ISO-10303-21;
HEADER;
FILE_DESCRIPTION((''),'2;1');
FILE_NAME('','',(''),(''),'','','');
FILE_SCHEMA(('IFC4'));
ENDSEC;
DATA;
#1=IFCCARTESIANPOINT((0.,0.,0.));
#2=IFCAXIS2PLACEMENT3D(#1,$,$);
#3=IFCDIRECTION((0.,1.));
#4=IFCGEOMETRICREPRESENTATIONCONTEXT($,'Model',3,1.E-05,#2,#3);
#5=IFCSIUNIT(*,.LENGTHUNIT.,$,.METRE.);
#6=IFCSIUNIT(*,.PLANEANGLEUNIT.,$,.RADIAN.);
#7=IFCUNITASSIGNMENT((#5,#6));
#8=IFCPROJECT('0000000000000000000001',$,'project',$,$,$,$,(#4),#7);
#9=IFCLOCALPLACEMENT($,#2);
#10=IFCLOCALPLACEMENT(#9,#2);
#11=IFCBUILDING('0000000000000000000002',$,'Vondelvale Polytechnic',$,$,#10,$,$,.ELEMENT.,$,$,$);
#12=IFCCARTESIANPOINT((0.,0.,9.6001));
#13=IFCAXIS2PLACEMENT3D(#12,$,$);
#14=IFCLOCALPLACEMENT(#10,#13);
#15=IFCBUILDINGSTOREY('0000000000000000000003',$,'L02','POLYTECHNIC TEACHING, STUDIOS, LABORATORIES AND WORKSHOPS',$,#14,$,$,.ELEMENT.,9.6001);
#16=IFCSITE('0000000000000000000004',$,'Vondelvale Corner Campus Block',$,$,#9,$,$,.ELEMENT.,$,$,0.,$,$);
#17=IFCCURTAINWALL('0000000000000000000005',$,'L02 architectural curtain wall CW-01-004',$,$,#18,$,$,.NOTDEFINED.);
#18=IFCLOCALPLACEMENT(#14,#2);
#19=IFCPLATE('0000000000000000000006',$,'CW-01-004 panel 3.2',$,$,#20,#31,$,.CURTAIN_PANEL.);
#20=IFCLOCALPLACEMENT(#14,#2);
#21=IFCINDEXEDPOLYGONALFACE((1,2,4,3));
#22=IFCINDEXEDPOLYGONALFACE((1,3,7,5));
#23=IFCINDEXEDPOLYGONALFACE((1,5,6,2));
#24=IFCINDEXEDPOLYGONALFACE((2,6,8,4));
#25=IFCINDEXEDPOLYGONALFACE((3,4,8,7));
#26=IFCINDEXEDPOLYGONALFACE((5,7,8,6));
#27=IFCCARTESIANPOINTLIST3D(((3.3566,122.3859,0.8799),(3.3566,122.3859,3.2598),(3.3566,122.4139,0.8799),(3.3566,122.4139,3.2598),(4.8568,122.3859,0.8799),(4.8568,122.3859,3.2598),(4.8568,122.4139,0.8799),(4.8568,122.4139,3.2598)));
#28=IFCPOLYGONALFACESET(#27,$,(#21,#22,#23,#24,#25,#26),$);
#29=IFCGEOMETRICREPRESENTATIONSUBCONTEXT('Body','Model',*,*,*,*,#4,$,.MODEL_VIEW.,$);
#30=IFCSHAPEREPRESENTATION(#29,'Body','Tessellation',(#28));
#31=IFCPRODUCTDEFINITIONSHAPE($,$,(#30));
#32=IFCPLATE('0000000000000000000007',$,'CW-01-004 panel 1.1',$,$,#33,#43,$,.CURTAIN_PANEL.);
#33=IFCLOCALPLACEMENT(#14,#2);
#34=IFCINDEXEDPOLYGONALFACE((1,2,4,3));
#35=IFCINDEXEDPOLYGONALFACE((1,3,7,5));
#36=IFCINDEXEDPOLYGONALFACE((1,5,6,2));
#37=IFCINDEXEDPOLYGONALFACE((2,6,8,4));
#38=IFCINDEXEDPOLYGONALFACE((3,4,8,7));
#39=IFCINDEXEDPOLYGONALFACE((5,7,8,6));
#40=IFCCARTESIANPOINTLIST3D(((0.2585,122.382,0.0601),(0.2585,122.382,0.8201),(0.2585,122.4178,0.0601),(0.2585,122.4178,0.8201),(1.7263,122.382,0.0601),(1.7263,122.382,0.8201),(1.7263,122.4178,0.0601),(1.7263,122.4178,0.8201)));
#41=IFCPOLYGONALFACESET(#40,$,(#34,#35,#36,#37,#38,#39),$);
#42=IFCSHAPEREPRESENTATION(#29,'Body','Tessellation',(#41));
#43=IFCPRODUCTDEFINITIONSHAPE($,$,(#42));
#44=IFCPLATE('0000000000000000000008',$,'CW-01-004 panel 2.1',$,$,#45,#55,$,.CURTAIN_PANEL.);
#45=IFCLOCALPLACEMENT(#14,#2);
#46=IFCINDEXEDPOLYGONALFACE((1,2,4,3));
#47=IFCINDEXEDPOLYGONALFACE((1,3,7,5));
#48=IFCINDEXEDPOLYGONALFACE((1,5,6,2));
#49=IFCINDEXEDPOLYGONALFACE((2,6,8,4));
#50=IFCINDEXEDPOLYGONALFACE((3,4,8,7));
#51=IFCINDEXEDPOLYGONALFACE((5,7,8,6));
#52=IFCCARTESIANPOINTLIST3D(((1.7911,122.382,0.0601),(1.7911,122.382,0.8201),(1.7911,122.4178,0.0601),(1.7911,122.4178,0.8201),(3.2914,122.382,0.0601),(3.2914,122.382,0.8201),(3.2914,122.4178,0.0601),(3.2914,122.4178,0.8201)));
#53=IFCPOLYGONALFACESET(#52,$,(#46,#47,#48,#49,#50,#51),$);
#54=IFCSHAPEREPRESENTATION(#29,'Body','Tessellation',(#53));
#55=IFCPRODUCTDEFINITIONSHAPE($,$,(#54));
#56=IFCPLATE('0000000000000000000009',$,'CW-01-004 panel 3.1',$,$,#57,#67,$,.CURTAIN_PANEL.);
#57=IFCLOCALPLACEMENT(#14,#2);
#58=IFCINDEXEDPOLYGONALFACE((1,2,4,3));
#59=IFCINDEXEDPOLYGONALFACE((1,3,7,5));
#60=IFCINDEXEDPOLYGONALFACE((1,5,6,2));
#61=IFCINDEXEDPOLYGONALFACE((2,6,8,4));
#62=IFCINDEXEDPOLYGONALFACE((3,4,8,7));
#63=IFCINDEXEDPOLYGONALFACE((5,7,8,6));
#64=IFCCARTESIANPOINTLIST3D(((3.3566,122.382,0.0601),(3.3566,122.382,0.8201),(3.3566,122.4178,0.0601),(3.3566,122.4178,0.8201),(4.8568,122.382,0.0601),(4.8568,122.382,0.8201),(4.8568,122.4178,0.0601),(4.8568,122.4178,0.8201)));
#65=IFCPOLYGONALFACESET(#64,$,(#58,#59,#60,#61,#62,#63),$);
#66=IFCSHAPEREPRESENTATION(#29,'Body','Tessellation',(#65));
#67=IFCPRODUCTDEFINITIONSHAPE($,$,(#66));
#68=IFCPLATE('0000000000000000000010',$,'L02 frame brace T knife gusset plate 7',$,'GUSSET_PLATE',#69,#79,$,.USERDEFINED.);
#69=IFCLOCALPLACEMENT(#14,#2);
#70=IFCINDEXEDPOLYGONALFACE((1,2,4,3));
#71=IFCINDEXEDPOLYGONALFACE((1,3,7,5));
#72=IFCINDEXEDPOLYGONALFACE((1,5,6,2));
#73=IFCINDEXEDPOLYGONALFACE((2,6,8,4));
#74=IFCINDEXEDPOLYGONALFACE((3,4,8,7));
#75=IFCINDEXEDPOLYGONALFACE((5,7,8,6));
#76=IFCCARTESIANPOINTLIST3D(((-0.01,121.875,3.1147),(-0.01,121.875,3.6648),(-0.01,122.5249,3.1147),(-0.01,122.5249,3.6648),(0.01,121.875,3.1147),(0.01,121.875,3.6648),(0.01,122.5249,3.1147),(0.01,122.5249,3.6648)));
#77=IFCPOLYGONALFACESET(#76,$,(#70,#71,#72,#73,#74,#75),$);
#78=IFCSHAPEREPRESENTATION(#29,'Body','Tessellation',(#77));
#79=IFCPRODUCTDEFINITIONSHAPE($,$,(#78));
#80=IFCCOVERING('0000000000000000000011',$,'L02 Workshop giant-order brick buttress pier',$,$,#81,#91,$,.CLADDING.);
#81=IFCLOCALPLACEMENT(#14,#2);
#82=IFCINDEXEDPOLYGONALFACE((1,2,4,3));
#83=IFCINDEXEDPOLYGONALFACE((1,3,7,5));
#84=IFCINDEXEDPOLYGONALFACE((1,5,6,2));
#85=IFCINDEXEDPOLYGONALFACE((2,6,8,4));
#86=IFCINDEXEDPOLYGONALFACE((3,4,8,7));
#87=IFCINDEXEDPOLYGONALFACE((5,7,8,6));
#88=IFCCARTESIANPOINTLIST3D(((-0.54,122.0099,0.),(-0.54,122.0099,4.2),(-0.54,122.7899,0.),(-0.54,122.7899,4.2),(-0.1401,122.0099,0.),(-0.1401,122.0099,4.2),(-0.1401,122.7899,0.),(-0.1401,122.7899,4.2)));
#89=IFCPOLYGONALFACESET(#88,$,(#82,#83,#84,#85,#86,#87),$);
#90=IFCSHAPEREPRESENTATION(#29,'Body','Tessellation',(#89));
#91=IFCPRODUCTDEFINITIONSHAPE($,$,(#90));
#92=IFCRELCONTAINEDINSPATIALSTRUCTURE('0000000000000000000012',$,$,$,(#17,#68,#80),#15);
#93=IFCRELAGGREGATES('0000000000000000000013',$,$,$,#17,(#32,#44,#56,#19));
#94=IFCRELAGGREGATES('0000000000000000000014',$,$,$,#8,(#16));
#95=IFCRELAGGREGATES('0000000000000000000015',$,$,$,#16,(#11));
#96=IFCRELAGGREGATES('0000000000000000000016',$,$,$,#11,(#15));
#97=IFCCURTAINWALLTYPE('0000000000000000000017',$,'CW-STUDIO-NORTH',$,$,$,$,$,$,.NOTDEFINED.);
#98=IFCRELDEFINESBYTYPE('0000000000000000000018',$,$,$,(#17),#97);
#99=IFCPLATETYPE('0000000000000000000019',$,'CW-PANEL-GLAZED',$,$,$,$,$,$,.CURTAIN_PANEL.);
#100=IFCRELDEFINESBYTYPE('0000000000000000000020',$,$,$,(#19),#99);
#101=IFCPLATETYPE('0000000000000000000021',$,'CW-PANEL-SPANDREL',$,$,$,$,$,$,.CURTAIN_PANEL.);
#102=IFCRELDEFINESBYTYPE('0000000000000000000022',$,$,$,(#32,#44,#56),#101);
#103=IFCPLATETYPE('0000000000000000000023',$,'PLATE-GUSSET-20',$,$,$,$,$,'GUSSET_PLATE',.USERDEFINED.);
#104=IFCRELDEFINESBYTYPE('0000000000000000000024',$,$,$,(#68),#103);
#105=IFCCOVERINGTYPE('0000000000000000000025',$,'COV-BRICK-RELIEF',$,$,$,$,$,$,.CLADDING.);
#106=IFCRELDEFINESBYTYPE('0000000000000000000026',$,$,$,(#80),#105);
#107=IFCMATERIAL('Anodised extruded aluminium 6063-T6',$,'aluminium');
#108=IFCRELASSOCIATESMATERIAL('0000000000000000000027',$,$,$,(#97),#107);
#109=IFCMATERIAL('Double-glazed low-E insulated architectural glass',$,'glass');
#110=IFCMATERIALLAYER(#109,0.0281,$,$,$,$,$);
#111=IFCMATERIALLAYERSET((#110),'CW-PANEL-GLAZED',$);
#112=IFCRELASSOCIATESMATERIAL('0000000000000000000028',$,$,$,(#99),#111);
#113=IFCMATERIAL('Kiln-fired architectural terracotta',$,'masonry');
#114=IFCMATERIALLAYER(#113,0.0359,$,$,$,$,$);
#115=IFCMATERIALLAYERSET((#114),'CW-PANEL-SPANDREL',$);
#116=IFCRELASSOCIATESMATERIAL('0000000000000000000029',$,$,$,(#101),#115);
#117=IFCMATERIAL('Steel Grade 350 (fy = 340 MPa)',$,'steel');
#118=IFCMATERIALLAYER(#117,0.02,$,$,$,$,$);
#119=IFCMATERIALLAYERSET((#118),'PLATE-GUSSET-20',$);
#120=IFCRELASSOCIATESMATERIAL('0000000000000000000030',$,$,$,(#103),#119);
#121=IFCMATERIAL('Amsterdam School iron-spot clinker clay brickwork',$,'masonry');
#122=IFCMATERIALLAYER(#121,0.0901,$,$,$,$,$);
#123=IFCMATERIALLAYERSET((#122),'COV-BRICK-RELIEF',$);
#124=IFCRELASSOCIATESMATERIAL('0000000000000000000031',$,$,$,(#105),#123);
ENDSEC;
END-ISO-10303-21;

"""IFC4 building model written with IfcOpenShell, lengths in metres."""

from ifc_helpers import new_model, si_unit, direction, frame, origin, origin_2d, place, context, subcontext, project, spatial, rectangle, extrude, material, layer, layer_set, type_object, element, aggregate, save


model = new_model("IFC4")

# Units and contexts
model_context = context("Model", 3, precision=1e-05, world=origin(), true_north=direction((0.0, 1.0)))
body_context = subcontext(model_context, "Body", "Model", "MODEL_VIEW")
ifc_project = project(units=[si_unit("LENGTHUNIT", "METRE"), si_unit("PLANEANGLEUNIT", "RADIAN")], contexts=[model_context])

# Site, building, storey
site_placement = place(None, origin())
site = spatial("IfcSite", under=ifc_project, at=site_placement, Name="Vondelvale Corner Campus Block", CompositionType="ELEMENT", RefElevation=0.0)
building_placement = place(site_placement, origin())
building = spatial("IfcBuilding", under=site, at=building_placement, Name="Vondelvale Polytechnic", CompositionType="ELEMENT")
storey_placement = place(building_placement, frame((0.0, 0.0, 9.6001)))
storey = spatial("IfcBuildingStorey", under=building, at=storey_placement, Name="L02", Description="POLYTECHNIC TEACHING, STUDIOS, LABORATORIES AND WORKSHOPS", CompositionType="ELEMENT", Elevation=9.6001)

# Curtain wall, plates
ifc_material_1 = material(Name="Anodised extruded aluminium 6063-T6", Category="aluminium")
curtain_wall_type = type_object("IfcCurtainWallType", Name="CW-STUDIO-NORTH", PredefinedType="NOTDEFINED", material=ifc_material_1)
curtain_wall_placement = place(storey_placement, origin())
curtain_wall = element("IfcCurtainWall", 1, at=curtain_wall_placement, inside=storey, type_object=curtain_wall_type, Name="L02 architectural curtain wall CW-01-004", PredefinedType="NOTDEFINED")
ifc_material_2 = material(Name="Double-glazed low-E insulated architectural glass", Category="glass")
ifc_layer_1 = layer(ifc_material_2, 0.0281)
ifc_layer_set_1 = layer_set([ifc_layer_1], Name="CW-PANEL-GLAZED")
plate_type_1 = type_object("IfcPlateType", Name="CW-PANEL-GLAZED", PredefinedType="CURTAIN_PANEL", material=ifc_layer_set_1)
plate_1_placement = place(storey_placement, frame((4.1067, 122.3999, 0.8799), z_axis=(0.0, 0.0, 1.0), x_axis=(1.0, 0.0, 0.0)))
plate_1 = element("IfcPlate", 2, at=plate_1_placement, type_object=plate_type_1, Name="CW-01-004 panel 3.2", PredefinedType="CURTAIN_PANEL", context=body_context, shape_type="SweptSolid", body=[
    extrude(rectangle(XDim=1.5002, YDim=0.0281, at=origin_2d()), origin(), (0.0, 0.0, 1.0), 2.3799),
])
ifc_material_3 = material(Name="Kiln-fired architectural terracotta", Category="masonry")
ifc_layer_2 = layer(ifc_material_3, 0.0359)
ifc_layer_set_2 = layer_set([ifc_layer_2], Name="CW-PANEL-SPANDREL")
plate_type_2 = type_object("IfcPlateType", Name="CW-PANEL-SPANDREL", PredefinedType="CURTAIN_PANEL", material=ifc_layer_set_2)
plate_2_placement = place(storey_placement, frame((0.9924, 122.3999, 0.0601), z_axis=(0.0, 0.0, 1.0), x_axis=(1.0, 0.0, 0.0)))
plate_2 = element("IfcPlate", 3, at=plate_2_placement, type_object=plate_type_2, Name="CW-01-004 panel 1.1", PredefinedType="CURTAIN_PANEL", context=body_context, shape_type="SweptSolid", body=[
    extrude(rectangle(XDim=1.4678, YDim=0.0359, at=origin_2d()), origin(), (0.0, 0.0, 1.0), 0.76),
])
plate_3_placement = place(storey_placement, frame((2.5413, 122.3999, 0.0601), z_axis=(0.0, 0.0, 1.0), x_axis=(1.0, 0.0, 0.0)))
plate_3 = element("IfcPlate", 4, at=plate_3_placement, type_object=plate_type_2, Name="CW-01-004 panel 2.1", PredefinedType="CURTAIN_PANEL", context=body_context, shape_type="SweptSolid", body=[
    extrude(rectangle(XDim=1.5002, YDim=0.0359, at=origin_2d()), origin(), (0.0, 0.0, 1.0), 0.76),
])
plate_4_placement = place(storey_placement, frame((4.1067, 122.3999, 0.0601), z_axis=(0.0, 0.0, 1.0), x_axis=(1.0, 0.0, 0.0)))
plate_4 = element("IfcPlate", 5, at=plate_4_placement, type_object=plate_type_2, Name="CW-01-004 panel 3.1", PredefinedType="CURTAIN_PANEL", context=body_context, shape_type="SweptSolid", body=[
    extrude(rectangle(XDim=1.5002, YDim=0.0359, at=origin_2d()), origin(), (0.0, 0.0, 1.0), 0.76),
])
aggregate(curtain_wall, [plate_2, plate_3, plate_4, plate_1])

# Plate
ifc_material_4 = material(Name="Steel Grade 350 (fy = 340 MPa)", Category="steel")
ifc_layer_3 = layer(ifc_material_4, 0.02)
ifc_layer_set_3 = layer_set([ifc_layer_3], Name="PLATE-GUSSET-20")
plate_type_3 = type_object("IfcPlateType", Name="PLATE-GUSSET-20", ElementType="GUSSET_PLATE", PredefinedType="USERDEFINED", material=ifc_layer_set_3)
plate_5_placement = place(storey_placement, frame((0.0, 122.2, 3.1147), z_axis=(0.0, 0.0, 1.0), x_axis=(1.0, 0.0, 0.0)))
element("IfcPlate", 6, at=plate_5_placement, inside=storey, type_object=plate_type_3, Name="L02 frame brace T knife gusset plate 7", ObjectType="GUSSET_PLATE", PredefinedType="USERDEFINED", context=body_context, shape_type="SweptSolid", body=[
    extrude(rectangle(XDim=0.02, YDim=0.6499, at=origin_2d()), origin(), (0.0, 0.0, 1.0), 0.55),
])

# Covering
ifc_material_5 = material(Name="Amsterdam School iron-spot clinker clay brickwork", Category="masonry")
ifc_layer_4 = layer(ifc_material_5, 0.0901)
ifc_layer_set_4 = layer_set([ifc_layer_4], Name="COV-BRICK-RELIEF")
covering_type = type_object("IfcCoveringType", Name="COV-BRICK-RELIEF", PredefinedType="CLADDING", material=ifc_layer_set_4)
covering_placement = place(storey_placement, frame((-0.3401, 122.3999, 0.0), z_axis=(0.0, 0.0, 1.0), x_axis=(1.0, 0.0, 0.0)))
element("IfcCovering", 7, at=covering_placement, inside=storey, type_object=covering_type, Name="L02 Workshop giant-order brick buttress pier", PredefinedType="CLADDING", context=body_context, shape_type="SweptSolid", body=[
    extrude(rectangle(XDim=0.3999, YDim=0.78, at=origin_2d()), origin(), (0.0, 0.0, 1.0), 4.2),
])

save(model, "model.ifc")
